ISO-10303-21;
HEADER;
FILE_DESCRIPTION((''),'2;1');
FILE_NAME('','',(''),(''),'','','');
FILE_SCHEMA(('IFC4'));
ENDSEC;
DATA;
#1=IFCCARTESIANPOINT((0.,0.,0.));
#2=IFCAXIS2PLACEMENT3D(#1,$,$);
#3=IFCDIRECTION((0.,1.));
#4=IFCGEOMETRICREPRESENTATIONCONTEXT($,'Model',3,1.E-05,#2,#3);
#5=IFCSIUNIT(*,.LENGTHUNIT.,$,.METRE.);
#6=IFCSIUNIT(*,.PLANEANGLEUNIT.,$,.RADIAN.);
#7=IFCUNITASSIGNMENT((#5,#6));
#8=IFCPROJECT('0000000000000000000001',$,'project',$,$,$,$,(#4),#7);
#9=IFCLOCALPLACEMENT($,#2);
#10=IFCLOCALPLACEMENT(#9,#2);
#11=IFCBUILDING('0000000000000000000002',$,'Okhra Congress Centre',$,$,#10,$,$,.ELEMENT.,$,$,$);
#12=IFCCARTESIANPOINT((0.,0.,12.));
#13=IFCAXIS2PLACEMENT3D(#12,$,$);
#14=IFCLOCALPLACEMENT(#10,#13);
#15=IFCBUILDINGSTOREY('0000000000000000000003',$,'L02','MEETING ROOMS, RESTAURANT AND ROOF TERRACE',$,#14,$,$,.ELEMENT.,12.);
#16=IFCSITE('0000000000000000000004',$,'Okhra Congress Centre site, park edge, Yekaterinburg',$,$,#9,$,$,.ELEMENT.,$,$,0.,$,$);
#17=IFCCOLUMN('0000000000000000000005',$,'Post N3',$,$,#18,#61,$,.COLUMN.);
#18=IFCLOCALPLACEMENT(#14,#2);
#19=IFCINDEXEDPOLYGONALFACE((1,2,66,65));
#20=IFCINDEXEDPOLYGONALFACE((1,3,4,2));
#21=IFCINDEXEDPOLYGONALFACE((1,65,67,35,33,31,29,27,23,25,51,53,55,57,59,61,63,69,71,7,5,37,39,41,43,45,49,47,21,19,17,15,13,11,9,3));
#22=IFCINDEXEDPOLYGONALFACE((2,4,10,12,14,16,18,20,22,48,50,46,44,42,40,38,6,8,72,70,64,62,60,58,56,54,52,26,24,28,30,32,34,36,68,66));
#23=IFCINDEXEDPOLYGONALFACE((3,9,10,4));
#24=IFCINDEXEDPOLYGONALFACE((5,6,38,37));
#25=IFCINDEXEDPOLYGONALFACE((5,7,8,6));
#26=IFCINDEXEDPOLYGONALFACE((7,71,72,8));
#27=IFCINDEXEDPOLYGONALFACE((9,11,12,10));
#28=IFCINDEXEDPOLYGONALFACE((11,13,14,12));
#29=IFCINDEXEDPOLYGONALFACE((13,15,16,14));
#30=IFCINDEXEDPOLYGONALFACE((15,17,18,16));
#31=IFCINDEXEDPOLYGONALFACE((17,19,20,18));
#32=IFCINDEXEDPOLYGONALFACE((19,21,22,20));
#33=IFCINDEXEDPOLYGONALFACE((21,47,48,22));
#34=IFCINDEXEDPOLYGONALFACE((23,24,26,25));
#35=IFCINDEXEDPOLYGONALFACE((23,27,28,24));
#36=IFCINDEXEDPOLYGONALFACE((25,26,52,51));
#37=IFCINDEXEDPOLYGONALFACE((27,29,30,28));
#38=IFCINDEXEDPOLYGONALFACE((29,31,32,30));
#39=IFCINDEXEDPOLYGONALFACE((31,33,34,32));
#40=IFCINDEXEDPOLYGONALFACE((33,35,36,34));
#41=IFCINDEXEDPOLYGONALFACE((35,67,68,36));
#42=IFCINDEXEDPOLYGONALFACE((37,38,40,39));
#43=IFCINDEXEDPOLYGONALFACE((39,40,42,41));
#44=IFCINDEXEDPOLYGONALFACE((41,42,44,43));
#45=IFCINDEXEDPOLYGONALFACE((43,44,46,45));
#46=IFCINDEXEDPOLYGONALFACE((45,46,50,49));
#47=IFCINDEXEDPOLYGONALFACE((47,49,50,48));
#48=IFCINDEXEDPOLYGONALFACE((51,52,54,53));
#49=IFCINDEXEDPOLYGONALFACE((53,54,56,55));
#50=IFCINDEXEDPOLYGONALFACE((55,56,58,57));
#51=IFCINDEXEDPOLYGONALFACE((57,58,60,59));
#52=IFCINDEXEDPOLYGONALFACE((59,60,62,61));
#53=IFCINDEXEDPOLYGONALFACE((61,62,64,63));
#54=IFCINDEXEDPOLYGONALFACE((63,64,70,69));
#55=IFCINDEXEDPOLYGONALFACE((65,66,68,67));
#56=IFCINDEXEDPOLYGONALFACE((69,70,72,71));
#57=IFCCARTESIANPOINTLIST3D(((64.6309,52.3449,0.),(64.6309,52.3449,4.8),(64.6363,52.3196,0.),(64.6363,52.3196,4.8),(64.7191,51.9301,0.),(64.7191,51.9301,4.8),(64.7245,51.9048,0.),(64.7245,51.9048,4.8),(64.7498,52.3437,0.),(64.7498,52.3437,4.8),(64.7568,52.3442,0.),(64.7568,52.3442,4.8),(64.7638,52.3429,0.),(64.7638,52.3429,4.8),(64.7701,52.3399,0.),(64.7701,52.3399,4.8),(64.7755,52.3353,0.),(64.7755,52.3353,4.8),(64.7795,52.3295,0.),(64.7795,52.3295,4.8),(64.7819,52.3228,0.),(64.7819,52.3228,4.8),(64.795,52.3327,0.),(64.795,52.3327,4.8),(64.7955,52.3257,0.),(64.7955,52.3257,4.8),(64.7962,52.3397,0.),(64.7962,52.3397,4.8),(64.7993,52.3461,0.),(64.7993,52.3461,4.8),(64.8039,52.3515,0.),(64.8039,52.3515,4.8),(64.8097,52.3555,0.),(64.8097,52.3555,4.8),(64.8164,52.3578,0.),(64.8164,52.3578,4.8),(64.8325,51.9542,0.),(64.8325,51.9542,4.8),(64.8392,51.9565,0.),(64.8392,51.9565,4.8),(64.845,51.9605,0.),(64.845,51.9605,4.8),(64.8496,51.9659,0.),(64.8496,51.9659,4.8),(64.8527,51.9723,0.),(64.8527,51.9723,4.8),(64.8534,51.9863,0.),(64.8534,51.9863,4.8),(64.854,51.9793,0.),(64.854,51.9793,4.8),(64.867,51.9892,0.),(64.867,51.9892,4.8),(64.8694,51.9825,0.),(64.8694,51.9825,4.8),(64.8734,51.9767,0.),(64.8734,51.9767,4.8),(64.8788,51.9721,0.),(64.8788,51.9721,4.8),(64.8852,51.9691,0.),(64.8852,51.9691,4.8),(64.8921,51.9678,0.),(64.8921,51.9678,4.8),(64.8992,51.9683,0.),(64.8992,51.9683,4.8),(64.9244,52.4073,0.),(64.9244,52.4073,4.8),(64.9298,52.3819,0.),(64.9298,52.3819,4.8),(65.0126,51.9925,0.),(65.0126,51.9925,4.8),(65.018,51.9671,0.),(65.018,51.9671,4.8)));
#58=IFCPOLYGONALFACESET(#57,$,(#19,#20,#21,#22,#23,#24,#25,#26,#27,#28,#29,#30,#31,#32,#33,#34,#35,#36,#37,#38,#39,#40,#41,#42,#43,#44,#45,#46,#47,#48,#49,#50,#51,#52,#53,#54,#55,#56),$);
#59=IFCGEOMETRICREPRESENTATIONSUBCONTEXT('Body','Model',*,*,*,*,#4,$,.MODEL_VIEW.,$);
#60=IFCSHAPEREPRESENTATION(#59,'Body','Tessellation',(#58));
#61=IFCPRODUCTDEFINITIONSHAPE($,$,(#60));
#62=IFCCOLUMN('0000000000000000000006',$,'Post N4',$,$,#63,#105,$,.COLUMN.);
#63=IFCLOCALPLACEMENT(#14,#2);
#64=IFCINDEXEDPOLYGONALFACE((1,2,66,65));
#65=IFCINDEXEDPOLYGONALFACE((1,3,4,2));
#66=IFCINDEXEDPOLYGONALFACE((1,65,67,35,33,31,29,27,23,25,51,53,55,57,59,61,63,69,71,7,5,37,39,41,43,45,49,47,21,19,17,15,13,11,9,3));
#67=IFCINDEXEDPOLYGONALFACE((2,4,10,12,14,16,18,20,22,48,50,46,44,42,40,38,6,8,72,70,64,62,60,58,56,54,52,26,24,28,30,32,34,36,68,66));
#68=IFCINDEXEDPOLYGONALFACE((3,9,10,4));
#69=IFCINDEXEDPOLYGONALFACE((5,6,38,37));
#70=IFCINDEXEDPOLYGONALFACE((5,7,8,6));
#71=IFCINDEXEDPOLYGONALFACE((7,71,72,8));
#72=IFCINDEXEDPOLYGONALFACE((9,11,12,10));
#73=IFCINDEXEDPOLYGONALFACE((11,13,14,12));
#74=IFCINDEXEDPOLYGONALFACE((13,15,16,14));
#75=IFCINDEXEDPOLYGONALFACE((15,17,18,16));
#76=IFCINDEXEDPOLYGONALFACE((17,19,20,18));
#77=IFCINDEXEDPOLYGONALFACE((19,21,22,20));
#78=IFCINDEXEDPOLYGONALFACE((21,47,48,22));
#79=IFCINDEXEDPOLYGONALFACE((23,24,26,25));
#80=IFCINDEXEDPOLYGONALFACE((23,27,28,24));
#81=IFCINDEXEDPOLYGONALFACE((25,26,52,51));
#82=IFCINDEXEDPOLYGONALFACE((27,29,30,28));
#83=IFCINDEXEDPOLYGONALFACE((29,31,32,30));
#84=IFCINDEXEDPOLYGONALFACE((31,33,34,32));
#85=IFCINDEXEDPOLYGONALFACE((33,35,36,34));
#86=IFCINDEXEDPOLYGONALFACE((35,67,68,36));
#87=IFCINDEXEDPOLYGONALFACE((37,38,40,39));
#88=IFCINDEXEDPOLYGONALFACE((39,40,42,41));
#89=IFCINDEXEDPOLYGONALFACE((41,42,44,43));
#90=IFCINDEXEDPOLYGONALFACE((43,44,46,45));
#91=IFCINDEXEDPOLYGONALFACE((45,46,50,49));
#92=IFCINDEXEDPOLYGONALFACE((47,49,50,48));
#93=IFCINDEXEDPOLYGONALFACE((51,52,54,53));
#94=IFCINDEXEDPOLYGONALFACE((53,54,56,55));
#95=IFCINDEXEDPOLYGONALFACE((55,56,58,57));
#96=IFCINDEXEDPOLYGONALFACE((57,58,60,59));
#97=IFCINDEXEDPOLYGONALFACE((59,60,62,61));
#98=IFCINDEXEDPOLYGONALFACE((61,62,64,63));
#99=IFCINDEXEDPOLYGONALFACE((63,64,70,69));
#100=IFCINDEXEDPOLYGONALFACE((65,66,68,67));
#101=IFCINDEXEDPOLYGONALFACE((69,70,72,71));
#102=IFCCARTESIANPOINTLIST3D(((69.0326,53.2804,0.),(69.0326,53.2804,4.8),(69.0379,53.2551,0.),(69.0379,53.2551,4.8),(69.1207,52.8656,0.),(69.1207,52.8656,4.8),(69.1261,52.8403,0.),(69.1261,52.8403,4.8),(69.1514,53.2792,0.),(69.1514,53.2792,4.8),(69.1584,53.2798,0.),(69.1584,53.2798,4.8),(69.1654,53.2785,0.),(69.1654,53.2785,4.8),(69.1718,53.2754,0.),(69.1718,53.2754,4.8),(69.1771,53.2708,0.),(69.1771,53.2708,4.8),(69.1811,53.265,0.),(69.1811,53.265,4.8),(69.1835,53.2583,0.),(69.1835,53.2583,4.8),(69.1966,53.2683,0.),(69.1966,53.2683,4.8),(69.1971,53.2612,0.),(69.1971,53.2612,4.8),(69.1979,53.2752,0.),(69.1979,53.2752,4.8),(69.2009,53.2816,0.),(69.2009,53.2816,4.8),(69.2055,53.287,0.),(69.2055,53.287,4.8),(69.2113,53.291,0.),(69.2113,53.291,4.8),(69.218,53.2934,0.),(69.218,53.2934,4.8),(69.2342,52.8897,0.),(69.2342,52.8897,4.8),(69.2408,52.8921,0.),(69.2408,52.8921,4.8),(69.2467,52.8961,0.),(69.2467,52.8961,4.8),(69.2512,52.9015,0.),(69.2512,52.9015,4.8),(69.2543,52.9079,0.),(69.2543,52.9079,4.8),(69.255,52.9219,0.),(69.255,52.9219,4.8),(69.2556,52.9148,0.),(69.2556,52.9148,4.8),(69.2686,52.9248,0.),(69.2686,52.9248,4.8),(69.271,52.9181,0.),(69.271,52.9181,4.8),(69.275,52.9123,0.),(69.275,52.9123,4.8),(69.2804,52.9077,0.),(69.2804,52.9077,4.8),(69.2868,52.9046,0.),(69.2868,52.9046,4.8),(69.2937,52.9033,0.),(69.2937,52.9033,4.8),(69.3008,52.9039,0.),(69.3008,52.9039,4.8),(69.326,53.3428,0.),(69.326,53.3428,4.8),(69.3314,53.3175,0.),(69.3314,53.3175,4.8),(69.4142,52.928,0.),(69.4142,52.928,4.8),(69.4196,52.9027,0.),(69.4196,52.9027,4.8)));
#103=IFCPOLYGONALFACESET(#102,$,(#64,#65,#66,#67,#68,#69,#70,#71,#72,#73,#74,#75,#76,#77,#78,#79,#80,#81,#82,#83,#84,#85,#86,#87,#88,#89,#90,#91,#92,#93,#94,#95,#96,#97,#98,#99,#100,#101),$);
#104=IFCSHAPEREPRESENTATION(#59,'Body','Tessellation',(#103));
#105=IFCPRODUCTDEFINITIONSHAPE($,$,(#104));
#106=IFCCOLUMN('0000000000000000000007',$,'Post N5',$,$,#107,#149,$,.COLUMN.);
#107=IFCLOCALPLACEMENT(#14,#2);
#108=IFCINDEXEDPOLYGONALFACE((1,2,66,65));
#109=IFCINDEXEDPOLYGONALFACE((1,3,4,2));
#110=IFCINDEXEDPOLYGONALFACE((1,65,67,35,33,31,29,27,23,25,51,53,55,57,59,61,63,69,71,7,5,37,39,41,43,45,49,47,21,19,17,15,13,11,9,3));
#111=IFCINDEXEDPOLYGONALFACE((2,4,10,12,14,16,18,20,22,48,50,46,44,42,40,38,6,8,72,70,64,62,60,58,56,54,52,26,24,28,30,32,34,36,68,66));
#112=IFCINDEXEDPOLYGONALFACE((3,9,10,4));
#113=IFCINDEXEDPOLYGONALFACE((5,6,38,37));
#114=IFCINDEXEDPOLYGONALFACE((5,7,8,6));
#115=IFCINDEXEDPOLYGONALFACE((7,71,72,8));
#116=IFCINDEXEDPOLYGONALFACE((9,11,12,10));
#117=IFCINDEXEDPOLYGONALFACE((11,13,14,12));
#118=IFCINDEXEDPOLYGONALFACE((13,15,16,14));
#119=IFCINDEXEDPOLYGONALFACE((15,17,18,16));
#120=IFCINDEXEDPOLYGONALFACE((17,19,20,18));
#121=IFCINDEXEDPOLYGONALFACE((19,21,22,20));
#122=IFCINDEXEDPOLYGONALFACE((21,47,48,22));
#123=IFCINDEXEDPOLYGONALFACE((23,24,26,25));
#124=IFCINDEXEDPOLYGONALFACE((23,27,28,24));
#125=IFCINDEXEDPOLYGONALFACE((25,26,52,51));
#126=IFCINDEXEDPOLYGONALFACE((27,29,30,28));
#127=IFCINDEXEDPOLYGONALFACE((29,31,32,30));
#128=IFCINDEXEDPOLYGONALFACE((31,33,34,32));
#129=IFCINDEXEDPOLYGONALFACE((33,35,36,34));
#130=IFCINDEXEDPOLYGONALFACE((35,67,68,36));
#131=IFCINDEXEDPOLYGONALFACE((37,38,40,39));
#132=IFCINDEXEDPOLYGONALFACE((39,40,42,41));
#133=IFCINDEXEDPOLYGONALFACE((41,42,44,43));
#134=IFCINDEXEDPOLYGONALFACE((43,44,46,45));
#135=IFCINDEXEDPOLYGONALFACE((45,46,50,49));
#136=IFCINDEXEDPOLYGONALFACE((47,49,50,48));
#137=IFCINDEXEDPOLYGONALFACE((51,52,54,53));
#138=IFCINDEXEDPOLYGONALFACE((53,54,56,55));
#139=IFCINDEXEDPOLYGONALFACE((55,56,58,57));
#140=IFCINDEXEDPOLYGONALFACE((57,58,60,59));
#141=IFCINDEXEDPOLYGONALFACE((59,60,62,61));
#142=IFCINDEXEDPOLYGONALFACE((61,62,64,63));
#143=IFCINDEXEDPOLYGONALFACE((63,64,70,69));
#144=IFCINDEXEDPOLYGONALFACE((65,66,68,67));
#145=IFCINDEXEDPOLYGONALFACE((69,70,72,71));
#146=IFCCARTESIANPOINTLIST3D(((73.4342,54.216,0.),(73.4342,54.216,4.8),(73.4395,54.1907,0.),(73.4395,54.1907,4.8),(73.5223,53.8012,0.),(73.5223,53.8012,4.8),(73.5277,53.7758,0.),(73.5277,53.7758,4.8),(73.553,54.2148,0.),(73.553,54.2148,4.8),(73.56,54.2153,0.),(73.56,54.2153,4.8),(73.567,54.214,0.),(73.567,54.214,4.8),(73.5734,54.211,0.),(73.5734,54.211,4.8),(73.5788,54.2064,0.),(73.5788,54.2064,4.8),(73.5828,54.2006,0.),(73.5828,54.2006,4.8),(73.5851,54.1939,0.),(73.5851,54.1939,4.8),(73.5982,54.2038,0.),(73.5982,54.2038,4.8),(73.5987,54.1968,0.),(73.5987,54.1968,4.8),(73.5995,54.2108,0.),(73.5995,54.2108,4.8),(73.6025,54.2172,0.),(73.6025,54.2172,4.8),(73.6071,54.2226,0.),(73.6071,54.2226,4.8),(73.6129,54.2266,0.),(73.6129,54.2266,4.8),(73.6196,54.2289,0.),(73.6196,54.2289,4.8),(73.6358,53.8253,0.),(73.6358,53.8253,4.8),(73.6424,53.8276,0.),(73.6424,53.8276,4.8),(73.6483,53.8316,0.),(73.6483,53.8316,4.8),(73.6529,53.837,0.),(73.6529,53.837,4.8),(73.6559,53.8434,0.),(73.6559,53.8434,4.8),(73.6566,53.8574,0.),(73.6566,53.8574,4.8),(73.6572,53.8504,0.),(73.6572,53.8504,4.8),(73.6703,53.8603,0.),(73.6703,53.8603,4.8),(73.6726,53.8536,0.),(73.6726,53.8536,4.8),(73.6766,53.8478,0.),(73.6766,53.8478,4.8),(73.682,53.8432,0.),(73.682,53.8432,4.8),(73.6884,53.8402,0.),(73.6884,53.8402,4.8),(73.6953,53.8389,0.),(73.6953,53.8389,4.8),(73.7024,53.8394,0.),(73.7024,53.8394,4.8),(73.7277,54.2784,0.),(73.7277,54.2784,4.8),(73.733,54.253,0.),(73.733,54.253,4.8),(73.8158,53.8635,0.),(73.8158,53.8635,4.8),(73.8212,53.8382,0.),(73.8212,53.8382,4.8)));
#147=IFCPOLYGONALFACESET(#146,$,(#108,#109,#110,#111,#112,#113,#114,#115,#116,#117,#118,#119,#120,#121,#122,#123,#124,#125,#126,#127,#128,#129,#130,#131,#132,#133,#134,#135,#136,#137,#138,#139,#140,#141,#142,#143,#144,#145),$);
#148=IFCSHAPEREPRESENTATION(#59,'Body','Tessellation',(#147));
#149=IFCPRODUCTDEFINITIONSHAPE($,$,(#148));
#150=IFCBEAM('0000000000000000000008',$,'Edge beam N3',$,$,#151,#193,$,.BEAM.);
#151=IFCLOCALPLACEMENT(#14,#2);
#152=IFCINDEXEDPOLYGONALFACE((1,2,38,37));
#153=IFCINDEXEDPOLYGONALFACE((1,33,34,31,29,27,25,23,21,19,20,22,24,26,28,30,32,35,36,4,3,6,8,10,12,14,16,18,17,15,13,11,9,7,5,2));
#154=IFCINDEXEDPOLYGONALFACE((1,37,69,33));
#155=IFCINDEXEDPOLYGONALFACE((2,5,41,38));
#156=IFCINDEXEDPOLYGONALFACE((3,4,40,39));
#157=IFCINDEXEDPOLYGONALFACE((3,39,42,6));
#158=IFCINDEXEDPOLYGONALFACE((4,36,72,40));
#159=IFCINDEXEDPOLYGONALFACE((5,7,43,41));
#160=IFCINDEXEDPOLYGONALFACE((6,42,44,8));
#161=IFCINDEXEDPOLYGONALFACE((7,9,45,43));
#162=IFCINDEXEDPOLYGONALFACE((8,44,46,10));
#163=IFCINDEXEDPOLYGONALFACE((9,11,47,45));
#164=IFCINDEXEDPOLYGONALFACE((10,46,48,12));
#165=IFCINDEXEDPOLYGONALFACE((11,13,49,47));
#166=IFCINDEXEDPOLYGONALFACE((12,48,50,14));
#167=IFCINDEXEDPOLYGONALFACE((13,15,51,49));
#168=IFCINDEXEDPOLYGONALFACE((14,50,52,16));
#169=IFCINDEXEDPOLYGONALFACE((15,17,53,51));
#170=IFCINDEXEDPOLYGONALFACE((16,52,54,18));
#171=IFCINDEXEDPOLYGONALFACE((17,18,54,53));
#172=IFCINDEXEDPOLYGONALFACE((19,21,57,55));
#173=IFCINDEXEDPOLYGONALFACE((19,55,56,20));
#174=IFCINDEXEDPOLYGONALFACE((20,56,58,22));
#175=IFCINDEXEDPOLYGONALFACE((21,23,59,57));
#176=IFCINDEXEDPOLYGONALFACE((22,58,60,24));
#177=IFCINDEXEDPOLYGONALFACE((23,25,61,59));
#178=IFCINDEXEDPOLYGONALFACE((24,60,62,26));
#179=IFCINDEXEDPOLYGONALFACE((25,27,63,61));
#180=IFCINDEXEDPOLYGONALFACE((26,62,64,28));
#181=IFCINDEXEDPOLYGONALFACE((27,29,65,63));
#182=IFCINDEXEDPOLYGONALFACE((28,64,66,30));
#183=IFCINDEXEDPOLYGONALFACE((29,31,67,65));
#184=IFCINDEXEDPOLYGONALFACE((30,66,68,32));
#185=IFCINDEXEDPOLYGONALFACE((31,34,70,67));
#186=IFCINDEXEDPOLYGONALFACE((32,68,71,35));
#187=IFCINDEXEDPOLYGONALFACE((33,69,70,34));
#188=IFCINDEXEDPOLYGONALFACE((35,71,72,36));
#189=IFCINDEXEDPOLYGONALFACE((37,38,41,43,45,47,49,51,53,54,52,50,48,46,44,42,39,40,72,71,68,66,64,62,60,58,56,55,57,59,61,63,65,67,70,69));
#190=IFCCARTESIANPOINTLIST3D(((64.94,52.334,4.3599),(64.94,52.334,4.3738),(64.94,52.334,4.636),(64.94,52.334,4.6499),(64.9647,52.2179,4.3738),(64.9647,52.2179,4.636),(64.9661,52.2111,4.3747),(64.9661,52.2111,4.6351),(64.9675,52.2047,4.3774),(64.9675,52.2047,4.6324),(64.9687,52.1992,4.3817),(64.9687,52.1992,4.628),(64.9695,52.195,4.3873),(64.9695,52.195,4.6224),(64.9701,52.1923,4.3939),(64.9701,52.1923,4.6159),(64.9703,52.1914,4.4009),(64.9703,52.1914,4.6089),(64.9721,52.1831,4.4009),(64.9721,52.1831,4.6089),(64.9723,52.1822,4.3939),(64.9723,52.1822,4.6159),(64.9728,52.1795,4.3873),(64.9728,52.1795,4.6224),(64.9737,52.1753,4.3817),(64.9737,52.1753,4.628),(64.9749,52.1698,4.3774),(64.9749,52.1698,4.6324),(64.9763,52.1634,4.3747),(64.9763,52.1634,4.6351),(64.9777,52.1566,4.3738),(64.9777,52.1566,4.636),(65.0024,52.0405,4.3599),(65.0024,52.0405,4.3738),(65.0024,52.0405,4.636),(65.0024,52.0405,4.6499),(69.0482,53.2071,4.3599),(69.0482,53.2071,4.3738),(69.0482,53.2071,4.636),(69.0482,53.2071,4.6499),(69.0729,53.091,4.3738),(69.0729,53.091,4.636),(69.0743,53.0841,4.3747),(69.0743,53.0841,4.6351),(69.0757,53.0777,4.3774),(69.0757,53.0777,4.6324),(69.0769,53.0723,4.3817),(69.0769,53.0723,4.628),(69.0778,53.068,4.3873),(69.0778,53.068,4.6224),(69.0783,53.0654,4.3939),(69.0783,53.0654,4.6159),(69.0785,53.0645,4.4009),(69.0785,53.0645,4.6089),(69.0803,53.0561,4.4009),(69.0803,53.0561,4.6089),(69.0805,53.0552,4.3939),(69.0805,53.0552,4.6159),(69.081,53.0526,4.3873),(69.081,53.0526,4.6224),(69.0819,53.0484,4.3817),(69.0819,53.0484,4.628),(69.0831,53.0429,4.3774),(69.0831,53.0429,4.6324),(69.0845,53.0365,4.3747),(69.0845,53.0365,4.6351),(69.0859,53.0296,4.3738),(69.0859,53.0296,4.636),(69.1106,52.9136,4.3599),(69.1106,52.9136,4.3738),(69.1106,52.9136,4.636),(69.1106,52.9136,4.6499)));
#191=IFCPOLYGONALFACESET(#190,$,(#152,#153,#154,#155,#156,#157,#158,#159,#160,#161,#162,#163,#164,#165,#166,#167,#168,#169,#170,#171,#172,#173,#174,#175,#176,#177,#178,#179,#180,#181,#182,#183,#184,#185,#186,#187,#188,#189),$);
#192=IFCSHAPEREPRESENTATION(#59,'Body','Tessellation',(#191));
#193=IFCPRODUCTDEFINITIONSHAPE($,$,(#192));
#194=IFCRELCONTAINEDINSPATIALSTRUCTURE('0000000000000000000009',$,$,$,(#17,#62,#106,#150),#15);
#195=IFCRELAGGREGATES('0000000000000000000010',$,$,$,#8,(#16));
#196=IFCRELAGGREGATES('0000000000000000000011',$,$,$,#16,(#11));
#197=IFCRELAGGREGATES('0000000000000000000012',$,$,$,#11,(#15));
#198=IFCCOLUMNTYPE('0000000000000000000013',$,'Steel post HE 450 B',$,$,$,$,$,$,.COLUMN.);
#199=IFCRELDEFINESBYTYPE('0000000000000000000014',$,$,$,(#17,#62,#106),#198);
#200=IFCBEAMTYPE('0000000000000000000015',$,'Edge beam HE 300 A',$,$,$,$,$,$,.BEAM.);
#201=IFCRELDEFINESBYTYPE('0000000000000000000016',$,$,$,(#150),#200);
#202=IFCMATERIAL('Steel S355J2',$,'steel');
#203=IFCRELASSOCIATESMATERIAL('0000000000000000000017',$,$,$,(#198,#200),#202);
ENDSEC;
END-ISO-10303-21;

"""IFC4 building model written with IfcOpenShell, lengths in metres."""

from ifc_helpers import new_model, si_unit, direction, frame, origin, origin_2d, place, context, subcontext, project, spatial, i_section, extrude, material, material_profile, profile_set, type_object, element, save


model = new_model("IFC4")

# Units and contexts
model_context = context("Model", 3, precision=1e-05, world=origin(), true_north=direction((0.0, 1.0)))
body_context = subcontext(model_context, "Body", "Model", "MODEL_VIEW")
ifc_project = project(units=[si_unit("LENGTHUNIT", "METRE"), si_unit("PLANEANGLEUNIT", "RADIAN")], contexts=[model_context])

# Site, building, storey
site_placement = place(None, origin())
site = spatial("IfcSite", under=ifc_project, at=site_placement, Name="Okhra Congress Centre site, park edge, Yekaterinburg", CompositionType="ELEMENT", RefElevation=0.0)
building_placement = place(site_placement, origin())
building = spatial("IfcBuilding", under=site, at=building_placement, Name="Okhra Congress Centre", CompositionType="ELEMENT")
storey_placement = place(building_placement, frame((0.0, 0.0, 12.0)))
storey = spatial("IfcBuildingStorey", under=building, at=storey_placement, Name="L02", Description="MEETING ROOMS, RESTAURANT AND ROOF TERRACE", CompositionType="ELEMENT", Elevation=12.0)

# Columns
ifc_material_1 = material(Name="Steel S355J2", Category="steel")
ifc_material_profile_1 = material_profile(ifc_material_1, i_section(OverallWidth=0.3, OverallDepth=0.45, WebThickness=0.0139, FlangeThickness=0.0259, FilletRadius=0.0271, at=origin_2d()), Name="HE 450 B")
ifc_profile_set_1 = profile_set([ifc_material_profile_1], Name="Steel S355J2")
column_type = type_object("IfcColumnType", Name="Steel post HE 450 B", PredefinedType="COLUMN", material=ifc_profile_set_1)
for number, where, z_axis, x_axis, name in (
    (1, (64.8245, 52.156, 0.0), (0.0, 0.0, 1.0), (0.978148, 0.207912, 0.0), "Post N3"),
    (2, (69.2261, 53.0916, 0.0), (0.0, 0.0, 1.0), (0.978148, 0.207912, 0.0), "Post N4"),
    (3, (73.6277, 54.0271, 0.0), (0.0, 0.0, 1.0), (0.978148, 0.207912, 0.0), "Post N5"),
):
    element("IfcColumn", number, at=place(storey_placement, frame(where, z_axis=z_axis, x_axis=x_axis)), inside=storey, type_object=column_type, Name=name, PredefinedType="COLUMN", context=body_context, shape_type="SweptSolid", body=[
        extrude(i_section(OverallWidth=0.3, OverallDepth=0.45, WebThickness=0.0139, FlangeThickness=0.0259, FilletRadius=0.0271, at=origin_2d()), origin(), (0.0, 0.0, 1.0), 4.8),
    ])

# Beam
ifc_material_profile_2 = material_profile(ifc_material_1, i_section(OverallWidth=0.3, OverallDepth=0.29, WebThickness=0.0085, FlangeThickness=0.0139, FilletRadius=0.0271, at=origin_2d()), Name="HE 300 A")
ifc_profile_set_2 = profile_set([ifc_material_profile_2], Name="Steel S355J2")
beam_type_1 = type_object("IfcBeamType", Name="Edge beam HE 300 A", PredefinedType="BEAM", material=ifc_profile_set_2)
for number, where, z_axis, x_axis, name in (
    (4, (64.9712, 52.1873, 4.5049), (0.978156, 0.207873, 0.0), (-0.207873, 0.978156, 0.0), "Edge beam N3"),
):
    element("IfcBeam", number, at=place(storey_placement, frame(where, z_axis=z_axis, x_axis=x_axis)), inside=storey, type_object=beam_type_1, Name=name, PredefinedType="BEAM", context=body_context, shape_type="SweptSolid", body=[
        extrude(i_section(OverallWidth=0.3, OverallDepth=0.29, WebThickness=0.0085, FlangeThickness=0.0139, FilletRadius=0.0271, at=origin_2d()), origin(), (0.0, 0.0, 1.0), 4.2),
    ])

save(model, "model.ifc")
